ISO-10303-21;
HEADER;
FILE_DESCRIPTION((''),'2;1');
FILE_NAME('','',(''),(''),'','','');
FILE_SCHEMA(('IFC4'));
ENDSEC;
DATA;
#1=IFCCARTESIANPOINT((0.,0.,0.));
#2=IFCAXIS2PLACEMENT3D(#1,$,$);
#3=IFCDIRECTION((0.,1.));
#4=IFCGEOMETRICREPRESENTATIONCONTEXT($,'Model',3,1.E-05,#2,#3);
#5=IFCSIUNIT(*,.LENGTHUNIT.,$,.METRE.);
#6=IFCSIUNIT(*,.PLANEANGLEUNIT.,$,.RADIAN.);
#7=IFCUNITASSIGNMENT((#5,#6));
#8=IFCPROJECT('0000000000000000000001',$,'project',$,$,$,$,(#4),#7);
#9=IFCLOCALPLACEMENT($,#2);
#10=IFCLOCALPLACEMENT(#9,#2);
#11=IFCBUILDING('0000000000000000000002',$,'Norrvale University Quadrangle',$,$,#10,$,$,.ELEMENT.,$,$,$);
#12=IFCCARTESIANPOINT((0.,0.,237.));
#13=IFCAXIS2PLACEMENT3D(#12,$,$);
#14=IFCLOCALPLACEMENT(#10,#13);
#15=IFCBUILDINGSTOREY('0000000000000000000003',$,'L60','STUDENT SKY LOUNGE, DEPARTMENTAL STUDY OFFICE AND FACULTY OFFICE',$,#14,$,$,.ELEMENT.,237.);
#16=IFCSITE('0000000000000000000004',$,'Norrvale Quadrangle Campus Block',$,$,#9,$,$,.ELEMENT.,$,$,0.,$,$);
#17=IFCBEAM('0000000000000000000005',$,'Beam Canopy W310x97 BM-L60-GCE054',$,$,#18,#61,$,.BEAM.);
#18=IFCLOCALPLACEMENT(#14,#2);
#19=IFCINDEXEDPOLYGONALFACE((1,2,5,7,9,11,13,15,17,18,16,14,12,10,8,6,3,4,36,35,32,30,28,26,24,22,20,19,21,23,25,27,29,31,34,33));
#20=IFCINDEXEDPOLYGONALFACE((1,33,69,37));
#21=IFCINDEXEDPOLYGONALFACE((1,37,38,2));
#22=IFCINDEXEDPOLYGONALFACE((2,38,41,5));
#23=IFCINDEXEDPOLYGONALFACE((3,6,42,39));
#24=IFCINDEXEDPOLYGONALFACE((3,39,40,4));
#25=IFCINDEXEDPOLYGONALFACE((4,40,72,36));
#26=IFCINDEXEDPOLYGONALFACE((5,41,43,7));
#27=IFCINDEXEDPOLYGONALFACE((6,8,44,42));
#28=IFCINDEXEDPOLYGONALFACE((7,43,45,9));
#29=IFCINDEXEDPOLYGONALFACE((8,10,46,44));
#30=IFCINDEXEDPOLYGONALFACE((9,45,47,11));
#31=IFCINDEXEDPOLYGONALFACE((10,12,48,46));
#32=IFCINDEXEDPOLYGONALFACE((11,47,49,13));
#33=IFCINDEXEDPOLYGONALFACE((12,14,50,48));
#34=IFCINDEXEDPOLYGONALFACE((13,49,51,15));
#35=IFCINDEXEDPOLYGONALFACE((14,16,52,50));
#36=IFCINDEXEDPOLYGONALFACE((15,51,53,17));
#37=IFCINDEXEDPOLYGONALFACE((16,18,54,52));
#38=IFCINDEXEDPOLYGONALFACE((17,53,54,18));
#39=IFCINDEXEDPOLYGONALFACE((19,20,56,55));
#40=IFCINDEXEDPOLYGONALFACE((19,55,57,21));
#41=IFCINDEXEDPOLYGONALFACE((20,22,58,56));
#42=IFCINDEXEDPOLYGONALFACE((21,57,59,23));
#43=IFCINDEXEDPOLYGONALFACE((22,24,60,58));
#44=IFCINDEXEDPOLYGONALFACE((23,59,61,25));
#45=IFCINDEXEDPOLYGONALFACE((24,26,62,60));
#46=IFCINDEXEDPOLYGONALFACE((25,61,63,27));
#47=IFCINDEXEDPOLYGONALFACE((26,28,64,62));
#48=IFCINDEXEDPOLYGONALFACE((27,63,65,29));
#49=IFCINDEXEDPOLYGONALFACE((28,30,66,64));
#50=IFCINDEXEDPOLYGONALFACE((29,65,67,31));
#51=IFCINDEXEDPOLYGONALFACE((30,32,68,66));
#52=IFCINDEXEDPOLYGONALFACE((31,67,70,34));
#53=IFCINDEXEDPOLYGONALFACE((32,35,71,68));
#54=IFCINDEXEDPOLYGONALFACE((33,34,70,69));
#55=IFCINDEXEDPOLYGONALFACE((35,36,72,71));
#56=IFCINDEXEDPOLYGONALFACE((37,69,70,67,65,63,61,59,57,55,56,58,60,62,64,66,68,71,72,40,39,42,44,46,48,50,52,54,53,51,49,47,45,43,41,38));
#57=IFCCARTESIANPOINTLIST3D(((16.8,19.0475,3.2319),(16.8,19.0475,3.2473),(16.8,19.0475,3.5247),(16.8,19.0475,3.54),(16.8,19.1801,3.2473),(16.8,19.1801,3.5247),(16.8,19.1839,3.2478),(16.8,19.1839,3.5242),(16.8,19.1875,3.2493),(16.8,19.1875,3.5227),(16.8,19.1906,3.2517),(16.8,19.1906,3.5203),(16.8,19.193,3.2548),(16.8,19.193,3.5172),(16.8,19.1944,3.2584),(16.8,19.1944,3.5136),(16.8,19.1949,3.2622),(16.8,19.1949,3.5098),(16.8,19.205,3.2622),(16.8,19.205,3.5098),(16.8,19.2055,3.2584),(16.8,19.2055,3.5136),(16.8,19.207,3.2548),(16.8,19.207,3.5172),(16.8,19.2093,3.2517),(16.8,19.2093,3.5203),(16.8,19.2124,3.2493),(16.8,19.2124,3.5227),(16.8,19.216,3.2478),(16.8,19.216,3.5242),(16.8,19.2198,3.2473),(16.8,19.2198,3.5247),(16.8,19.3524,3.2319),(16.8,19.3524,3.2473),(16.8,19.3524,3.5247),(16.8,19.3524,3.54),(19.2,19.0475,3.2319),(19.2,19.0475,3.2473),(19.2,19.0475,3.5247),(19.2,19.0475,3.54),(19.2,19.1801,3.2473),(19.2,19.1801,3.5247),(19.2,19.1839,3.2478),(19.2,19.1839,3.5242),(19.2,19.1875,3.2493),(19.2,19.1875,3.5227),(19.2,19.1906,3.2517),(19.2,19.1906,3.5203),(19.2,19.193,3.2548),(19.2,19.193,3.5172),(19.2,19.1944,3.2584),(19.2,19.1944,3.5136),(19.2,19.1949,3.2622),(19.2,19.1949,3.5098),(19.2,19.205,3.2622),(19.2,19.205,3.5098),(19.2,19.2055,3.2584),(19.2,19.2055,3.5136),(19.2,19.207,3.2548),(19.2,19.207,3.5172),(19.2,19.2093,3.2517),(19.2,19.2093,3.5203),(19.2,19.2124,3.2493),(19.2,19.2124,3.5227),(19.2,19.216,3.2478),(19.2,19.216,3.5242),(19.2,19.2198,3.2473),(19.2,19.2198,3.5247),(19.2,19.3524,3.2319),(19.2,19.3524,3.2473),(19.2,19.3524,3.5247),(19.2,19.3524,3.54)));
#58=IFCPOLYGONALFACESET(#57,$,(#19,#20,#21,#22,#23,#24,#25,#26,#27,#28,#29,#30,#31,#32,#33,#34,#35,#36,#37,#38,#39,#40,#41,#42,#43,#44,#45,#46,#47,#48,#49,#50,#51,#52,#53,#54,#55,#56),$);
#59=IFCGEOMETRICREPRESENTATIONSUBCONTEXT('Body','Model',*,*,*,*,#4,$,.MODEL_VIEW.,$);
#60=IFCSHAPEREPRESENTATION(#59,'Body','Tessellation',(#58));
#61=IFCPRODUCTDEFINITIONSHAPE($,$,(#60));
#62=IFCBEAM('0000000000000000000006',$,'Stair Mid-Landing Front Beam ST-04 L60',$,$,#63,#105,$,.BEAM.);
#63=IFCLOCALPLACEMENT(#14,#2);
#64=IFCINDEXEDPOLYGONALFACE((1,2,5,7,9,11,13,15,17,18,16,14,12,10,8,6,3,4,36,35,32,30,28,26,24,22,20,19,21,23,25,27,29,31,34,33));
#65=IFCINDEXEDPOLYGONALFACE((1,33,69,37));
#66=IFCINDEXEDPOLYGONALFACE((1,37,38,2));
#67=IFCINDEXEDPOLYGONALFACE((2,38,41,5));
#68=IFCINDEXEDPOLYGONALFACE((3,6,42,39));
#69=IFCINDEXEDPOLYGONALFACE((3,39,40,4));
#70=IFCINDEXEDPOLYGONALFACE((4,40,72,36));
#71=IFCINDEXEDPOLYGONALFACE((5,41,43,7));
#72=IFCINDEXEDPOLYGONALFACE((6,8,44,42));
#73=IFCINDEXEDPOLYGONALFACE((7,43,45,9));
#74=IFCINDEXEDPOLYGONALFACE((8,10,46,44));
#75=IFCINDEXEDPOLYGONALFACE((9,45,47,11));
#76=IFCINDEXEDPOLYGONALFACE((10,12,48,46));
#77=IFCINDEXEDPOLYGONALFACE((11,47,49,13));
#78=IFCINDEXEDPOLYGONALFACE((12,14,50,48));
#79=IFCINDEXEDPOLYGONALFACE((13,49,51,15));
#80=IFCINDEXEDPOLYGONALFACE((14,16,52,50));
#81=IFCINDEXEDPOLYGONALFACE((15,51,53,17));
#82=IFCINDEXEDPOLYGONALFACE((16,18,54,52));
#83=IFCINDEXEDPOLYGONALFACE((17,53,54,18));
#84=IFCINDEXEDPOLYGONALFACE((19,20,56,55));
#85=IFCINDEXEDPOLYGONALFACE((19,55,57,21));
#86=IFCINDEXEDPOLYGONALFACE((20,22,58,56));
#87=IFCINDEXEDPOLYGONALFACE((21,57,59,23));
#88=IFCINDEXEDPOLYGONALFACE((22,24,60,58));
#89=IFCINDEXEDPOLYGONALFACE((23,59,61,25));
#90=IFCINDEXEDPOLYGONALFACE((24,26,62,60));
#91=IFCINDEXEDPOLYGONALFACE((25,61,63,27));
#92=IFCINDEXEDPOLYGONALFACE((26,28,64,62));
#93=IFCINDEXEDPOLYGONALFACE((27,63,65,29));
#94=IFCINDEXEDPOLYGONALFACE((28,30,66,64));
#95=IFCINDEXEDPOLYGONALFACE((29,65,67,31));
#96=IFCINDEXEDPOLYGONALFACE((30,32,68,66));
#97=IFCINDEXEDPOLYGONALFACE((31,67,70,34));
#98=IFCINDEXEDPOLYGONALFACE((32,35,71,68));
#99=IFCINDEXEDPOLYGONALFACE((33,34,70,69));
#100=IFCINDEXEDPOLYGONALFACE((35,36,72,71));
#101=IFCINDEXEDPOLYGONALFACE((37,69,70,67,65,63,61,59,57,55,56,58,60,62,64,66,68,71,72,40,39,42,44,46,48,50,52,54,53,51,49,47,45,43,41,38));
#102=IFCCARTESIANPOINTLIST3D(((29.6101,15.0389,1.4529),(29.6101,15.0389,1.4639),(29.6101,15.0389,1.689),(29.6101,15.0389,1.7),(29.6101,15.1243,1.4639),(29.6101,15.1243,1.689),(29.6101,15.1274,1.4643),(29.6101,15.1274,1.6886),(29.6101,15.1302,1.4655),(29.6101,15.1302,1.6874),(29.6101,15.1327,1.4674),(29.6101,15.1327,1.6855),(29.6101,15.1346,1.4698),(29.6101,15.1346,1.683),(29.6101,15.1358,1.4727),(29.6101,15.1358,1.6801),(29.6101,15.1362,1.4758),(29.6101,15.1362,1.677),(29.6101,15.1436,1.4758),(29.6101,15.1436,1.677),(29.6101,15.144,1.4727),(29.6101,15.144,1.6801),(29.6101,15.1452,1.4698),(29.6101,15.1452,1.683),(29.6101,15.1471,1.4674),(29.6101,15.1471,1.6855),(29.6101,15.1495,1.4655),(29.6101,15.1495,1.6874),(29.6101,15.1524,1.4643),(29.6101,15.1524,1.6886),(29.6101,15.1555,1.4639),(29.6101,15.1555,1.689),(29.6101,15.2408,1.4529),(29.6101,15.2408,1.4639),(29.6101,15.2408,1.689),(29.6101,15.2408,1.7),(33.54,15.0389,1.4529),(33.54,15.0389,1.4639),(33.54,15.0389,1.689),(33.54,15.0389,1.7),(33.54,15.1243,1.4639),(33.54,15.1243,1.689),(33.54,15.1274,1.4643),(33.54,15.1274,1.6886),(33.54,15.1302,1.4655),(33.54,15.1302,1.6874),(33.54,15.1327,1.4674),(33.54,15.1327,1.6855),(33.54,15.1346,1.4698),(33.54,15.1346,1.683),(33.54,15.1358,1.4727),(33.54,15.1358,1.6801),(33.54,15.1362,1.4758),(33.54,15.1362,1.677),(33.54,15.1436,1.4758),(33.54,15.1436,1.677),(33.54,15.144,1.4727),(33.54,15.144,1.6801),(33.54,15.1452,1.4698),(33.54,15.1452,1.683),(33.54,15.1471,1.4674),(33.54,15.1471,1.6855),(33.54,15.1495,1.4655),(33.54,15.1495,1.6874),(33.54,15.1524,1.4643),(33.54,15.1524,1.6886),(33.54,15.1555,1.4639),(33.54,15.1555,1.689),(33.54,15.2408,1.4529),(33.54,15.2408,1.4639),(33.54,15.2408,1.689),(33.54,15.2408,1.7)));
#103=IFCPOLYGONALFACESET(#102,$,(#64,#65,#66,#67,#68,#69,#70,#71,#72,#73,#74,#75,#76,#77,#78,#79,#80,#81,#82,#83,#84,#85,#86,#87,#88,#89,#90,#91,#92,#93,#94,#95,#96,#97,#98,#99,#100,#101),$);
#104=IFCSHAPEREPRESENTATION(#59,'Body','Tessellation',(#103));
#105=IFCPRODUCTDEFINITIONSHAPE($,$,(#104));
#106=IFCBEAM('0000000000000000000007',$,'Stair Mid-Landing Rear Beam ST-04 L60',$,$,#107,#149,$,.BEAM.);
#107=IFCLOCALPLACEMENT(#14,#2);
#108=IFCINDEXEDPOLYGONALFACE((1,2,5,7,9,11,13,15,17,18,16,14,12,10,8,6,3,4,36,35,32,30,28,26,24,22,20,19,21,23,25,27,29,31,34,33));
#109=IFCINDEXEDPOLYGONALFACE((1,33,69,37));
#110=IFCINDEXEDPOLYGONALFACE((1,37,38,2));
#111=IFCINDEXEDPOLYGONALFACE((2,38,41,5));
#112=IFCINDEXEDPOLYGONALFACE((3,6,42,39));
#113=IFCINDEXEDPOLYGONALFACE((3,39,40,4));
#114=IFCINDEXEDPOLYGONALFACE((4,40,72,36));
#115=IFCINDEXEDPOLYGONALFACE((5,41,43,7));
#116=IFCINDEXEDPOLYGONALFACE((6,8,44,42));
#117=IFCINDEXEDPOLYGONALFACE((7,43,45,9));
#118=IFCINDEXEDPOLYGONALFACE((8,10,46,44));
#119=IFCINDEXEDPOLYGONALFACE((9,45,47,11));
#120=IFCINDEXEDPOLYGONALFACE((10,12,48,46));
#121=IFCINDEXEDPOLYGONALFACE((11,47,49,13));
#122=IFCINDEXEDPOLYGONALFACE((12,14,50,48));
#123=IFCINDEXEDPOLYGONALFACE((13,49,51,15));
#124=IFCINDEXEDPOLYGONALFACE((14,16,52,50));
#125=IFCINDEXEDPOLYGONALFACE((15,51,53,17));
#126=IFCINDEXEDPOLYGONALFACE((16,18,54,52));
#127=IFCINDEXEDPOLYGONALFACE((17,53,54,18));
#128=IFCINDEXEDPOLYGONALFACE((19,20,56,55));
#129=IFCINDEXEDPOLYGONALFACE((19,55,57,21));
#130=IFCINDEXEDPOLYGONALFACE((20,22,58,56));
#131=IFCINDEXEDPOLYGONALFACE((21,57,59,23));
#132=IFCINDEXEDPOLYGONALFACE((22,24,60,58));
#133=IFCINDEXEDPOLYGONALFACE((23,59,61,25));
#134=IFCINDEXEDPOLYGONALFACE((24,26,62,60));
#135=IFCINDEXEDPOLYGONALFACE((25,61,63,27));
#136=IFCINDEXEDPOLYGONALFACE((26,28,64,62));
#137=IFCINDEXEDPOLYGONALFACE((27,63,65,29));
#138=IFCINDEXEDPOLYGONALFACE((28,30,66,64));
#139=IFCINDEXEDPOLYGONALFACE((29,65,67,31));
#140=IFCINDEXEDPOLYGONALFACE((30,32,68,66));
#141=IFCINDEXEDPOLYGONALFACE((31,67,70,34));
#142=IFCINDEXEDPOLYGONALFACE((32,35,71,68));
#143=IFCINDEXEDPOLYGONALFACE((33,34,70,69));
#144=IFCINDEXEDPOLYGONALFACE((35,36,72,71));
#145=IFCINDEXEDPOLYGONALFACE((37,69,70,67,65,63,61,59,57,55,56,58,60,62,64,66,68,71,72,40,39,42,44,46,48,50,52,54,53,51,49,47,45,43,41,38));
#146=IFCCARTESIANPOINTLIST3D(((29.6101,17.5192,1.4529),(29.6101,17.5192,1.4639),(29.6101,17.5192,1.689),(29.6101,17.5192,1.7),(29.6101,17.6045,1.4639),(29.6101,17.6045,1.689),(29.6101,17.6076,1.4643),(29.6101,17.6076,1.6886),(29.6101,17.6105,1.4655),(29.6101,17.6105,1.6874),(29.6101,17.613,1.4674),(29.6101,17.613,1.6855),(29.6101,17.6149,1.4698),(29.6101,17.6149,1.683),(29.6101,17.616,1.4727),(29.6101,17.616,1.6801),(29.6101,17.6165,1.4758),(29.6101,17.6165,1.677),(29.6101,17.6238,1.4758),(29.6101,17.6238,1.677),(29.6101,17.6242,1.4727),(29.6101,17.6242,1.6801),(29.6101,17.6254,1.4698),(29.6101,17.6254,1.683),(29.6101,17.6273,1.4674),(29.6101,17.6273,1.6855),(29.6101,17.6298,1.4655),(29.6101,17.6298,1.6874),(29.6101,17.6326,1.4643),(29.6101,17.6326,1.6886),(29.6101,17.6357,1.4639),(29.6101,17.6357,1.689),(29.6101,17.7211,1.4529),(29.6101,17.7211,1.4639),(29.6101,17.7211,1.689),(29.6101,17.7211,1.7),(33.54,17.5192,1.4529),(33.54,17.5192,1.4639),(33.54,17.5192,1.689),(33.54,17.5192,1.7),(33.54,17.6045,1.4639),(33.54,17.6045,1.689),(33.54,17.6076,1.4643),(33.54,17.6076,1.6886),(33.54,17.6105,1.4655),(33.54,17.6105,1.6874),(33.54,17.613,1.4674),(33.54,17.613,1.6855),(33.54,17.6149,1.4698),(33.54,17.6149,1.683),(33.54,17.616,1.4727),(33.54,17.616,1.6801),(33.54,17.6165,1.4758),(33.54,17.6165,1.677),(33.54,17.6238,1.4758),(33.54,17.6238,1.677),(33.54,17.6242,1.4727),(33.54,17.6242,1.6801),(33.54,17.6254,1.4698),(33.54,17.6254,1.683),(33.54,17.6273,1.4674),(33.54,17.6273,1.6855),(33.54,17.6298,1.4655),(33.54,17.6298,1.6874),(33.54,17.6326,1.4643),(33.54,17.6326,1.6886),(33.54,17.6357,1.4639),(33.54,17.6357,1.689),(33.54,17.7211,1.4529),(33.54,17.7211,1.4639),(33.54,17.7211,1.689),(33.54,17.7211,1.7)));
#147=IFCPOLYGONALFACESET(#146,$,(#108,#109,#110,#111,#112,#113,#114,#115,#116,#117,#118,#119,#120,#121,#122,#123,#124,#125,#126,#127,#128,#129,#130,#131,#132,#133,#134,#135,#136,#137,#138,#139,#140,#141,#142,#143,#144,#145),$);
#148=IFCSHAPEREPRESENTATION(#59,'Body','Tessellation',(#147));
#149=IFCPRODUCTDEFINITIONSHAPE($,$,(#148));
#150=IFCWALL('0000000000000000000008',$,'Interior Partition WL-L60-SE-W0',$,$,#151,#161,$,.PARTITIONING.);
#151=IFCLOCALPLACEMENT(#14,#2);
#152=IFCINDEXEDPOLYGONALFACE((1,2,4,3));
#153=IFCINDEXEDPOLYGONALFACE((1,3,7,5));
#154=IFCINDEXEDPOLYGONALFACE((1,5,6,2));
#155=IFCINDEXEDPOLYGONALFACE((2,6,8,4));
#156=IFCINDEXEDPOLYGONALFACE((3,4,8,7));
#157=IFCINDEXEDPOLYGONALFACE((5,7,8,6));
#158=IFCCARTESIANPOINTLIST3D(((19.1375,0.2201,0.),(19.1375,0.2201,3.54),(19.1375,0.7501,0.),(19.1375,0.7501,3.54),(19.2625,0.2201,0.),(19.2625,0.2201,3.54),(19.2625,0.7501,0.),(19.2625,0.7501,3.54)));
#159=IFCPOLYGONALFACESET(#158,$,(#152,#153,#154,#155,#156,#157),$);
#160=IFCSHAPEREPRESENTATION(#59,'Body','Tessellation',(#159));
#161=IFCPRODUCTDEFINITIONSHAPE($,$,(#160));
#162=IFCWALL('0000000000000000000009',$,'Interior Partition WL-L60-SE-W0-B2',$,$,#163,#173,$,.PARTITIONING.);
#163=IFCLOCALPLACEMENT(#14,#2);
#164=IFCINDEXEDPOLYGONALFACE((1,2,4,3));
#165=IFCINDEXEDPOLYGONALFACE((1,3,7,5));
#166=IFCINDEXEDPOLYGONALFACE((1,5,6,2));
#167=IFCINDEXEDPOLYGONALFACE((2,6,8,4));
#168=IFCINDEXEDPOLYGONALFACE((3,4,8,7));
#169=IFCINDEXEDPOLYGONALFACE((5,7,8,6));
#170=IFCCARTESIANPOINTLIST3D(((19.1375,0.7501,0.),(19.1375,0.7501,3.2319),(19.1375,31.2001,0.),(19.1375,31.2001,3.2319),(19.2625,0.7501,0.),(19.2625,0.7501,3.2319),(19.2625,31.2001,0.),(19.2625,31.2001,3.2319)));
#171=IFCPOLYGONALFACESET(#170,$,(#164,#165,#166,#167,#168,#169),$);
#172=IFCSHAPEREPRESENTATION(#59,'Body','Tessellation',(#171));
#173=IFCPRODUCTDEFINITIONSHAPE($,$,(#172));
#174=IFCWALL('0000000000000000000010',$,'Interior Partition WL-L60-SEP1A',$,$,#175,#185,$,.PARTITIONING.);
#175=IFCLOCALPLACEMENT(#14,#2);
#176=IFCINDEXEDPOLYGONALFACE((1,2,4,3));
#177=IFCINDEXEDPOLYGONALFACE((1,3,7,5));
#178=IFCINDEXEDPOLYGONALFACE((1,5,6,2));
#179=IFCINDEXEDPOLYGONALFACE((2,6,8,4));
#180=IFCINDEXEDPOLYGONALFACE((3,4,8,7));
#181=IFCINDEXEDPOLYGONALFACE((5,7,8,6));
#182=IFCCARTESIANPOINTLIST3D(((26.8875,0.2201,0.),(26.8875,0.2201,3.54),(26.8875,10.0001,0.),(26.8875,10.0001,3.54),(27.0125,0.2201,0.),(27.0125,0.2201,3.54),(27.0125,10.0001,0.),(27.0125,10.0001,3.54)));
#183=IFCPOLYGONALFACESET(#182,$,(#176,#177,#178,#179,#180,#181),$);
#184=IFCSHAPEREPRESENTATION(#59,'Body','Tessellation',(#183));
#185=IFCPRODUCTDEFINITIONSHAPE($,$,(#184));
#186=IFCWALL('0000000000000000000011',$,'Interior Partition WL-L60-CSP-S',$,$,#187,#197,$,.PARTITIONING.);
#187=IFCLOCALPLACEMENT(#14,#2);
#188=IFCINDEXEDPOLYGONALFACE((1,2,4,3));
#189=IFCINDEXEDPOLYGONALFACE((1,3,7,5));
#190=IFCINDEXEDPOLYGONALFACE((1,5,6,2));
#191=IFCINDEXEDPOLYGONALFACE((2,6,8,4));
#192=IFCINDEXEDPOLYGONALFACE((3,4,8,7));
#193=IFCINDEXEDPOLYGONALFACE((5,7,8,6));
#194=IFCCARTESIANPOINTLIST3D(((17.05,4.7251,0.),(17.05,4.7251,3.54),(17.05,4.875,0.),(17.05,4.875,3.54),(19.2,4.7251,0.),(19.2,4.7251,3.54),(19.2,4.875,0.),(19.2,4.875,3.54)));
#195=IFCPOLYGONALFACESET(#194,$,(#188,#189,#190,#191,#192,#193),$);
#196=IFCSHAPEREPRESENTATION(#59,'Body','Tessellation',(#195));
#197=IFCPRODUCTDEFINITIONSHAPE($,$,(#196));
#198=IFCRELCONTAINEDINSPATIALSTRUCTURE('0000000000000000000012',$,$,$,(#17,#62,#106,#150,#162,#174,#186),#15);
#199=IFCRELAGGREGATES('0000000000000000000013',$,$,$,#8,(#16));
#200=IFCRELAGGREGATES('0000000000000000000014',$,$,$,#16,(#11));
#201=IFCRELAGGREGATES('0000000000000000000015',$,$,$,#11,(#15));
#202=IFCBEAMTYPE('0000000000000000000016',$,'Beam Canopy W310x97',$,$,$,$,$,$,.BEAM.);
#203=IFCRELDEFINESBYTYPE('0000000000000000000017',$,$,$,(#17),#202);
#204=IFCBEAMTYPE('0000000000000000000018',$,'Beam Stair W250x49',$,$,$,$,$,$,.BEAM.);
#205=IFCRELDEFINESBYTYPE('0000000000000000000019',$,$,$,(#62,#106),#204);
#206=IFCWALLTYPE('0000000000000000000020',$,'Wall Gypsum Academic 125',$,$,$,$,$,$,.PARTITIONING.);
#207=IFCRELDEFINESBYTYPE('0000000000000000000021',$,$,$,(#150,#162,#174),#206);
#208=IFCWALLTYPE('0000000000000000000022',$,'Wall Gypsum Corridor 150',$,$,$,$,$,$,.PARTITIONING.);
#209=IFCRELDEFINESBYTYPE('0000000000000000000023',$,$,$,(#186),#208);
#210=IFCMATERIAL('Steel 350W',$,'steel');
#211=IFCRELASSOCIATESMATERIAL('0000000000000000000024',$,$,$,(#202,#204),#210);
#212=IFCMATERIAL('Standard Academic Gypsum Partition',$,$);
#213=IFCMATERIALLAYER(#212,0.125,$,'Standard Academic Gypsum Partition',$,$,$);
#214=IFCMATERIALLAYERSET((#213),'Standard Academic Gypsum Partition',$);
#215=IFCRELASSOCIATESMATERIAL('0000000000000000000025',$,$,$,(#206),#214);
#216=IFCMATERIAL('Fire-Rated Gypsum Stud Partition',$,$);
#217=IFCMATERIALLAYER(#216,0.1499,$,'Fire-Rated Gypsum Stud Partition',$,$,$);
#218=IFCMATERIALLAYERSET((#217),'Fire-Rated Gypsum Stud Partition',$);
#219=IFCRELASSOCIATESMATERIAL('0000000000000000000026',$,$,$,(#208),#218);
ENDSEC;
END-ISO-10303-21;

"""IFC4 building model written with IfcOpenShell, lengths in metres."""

from ifc_helpers import new_model, si_unit, direction, frame, frame_2d, origin, origin_2d, place, context, subcontext, project, spatial, rectangle, i_section, extrude, material, layer, layer_set, material_profile, profile_set, type_object, element, save


model = new_model("IFC4")

# Units and contexts
model_context = context("Model", 3, precision=1e-05, world=origin(), true_north=direction((0.0, 1.0)))
body_context = subcontext(model_context, "Body", "Model", "MODEL_VIEW")
ifc_project = project(units=[si_unit("LENGTHUNIT", "METRE"), si_unit("PLANEANGLEUNIT", "RADIAN")], contexts=[model_context])

# Site, building, storey
site_placement = place(None, origin())
site = spatial("IfcSite", under=ifc_project, at=site_placement, Name="Norrvale Quadrangle Campus Block", CompositionType="ELEMENT", RefElevation=0.0)
building_placement = place(site_placement, origin())
building = spatial("IfcBuilding", under=site, at=building_placement, Name="Norrvale University Quadrangle", CompositionType="ELEMENT")
storey_placement = place(building_placement, frame((0.0, 0.0, 237.0)))
storey = spatial("IfcBuildingStorey", under=building, at=storey_placement, Name="L60", Description="STUDENT SKY LOUNGE, DEPARTMENTAL STUDY OFFICE AND FACULTY OFFICE", CompositionType="ELEMENT", Elevation=237.0)

# Beams
ifc_material_1 = material(Name="Steel 350W", Category="steel")
ifc_material_profile_1 = material_profile(ifc_material_1, i_section(OverallWidth=0.3049, OverallDepth=0.3081, WebThickness=0.01, FlangeThickness=0.0154, FilletRadius=0.0149, at=origin_2d()), Name="Steel 350W")
ifc_profile_set_1 = profile_set([ifc_material_profile_1], Name="Steel 350W")
beam_type_1 = type_object("IfcBeamType", Name="Beam Canopy W310x97", PredefinedType="BEAM", material=ifc_profile_set_1)
beam_1_placement = place(storey_placement, frame((16.8, 19.2, 3.386), z_axis=(1.0, 0.0, 0.0), x_axis=(0.0, 1.0, 0.0)))
element("IfcBeam", 1, at=beam_1_placement, inside=storey, type_object=beam_type_1, Name="Beam Canopy W310x97 BM-L60-GCE054", PredefinedType="BEAM", context=body_context, shape_type="SweptSolid", body=[
    extrude(i_section(OverallWidth=0.3049, OverallDepth=0.3081, WebThickness=0.01, FlangeThickness=0.0154, FilletRadius=0.0149, at=origin_2d()), origin(), (0.0, 0.0, 1.0), 2.3999),
])
ifc_material_profile_2 = material_profile(ifc_material_1, i_section(OverallWidth=0.2019, OverallDepth=0.2471, WebThickness=0.0073, FlangeThickness=0.011, FilletRadius=0.012, at=origin_2d()), Name="Steel 350W")
ifc_profile_set_2 = profile_set([ifc_material_profile_2], Name="Steel 350W")
beam_type_2 = type_object("IfcBeamType", Name="Beam Stair W250x49", PredefinedType="BEAM", material=ifc_profile_set_2)
for number, where, z_axis, x_axis, name in (
    (2, (29.6101, 15.1399, 1.5764), (1.0, 0.0, 0.0), (0.0, 1.0, 0.0), "Stair Mid-Landing Front Beam ST-04 L60"),
    (3, (29.6101, 17.6201, 1.5764), (1.0, 0.0, 0.0), (0.0, 1.0, 0.0), "Stair Mid-Landing Rear Beam ST-04 L60"),
):
    element("IfcBeam", number, at=place(storey_placement, frame(where, z_axis=z_axis, x_axis=x_axis)), inside=storey, type_object=beam_type_2, Name=name, PredefinedType="BEAM", context=body_context, shape_type="SweptSolid", body=[
        extrude(i_section(OverallWidth=0.2019, OverallDepth=0.2471, WebThickness=0.0073, FlangeThickness=0.011, FilletRadius=0.012, at=origin_2d()), origin(), (0.0, 0.0, 1.0), 3.9299),
    ])

# Walls
ifc_material_2 = material(Name="Standard Academic Gypsum Partition")
ifc_layer_1 = layer(ifc_material_2, 0.125, Name="Standard Academic Gypsum Partition")
ifc_layer_set_1 = layer_set([ifc_layer_1], Name="Standard Academic Gypsum Partition")
wall_type_1 = type_object("IfcWallType", Name="Wall Gypsum Academic 125", PredefinedType="PARTITIONING", material=ifc_layer_set_1)
wall_1_placement = place(storey_placement, frame((19.2, 0.22, 0.0), z_axis=(0.0, 0.0, 1.0), x_axis=(0.0, 1.0, 0.0)))
element("IfcWall", 4, at=wall_1_placement, inside=storey, type_object=wall_type_1, Name="Interior Partition WL-L60-SE-W0", PredefinedType="PARTITIONING", context=body_context, shape_type="SweptSolid", body=[
    extrude(rectangle(XDim=0.53, YDim=0.125, at=frame_2d((0.2651, 0.0))), origin(), (0.0, 0.0, 1.0), 3.54),
])
wall_2_placement = place(storey_placement, frame((19.2, 0.75, 0.0), z_axis=(0.0, 0.0, 1.0), x_axis=(0.0, 1.0, 0.0)))
element("IfcWall", 5, at=wall_2_placement, inside=storey, type_object=wall_type_1, Name="Interior Partition WL-L60-SE-W0-B2", PredefinedType="PARTITIONING", context=body_context, shape_type="SweptSolid", body=[
    extrude(rectangle(XDim=30.45, YDim=0.125, at=frame_2d((15.2251, 0.0))), origin(), (0.0, 0.0, 1.0), 3.2319),
])
wall_3_placement = place(storey_placement, frame((26.95, 0.22, 0.0), z_axis=(0.0, 0.0, 1.0), x_axis=(0.0, 1.0, 0.0)))
element("IfcWall", 6, at=wall_3_placement, inside=storey, type_object=wall_type_1, Name="Interior Partition WL-L60-SEP1A", PredefinedType="PARTITIONING", context=body_context, shape_type="SweptSolid", body=[
    extrude(rectangle(XDim=9.78, YDim=0.125, at=frame_2d((4.8901, 0.0))), origin(), (0.0, 0.0, 1.0), 3.54),
])
ifc_material_3 = material(Name="Fire-Rated Gypsum Stud Partition")
ifc_layer_2 = layer(ifc_material_3, 0.1499, Name="Fire-Rated Gypsum Stud Partition")
ifc_layer_set_2 = layer_set([ifc_layer_2], Name="Fire-Rated Gypsum Stud Partition")
wall_type_2 = type_object("IfcWallType", Name="Wall Gypsum Corridor 150", PredefinedType="PARTITIONING", material=ifc_layer_set_2)
wall_4_placement = place(storey_placement, frame((17.05, 4.8, 0.0), z_axis=(0.0, 0.0, 1.0), x_axis=(1.0, 0.0, 0.0)))
element("IfcWall", 7, at=wall_4_placement, inside=storey, type_object=wall_type_2, Name="Interior Partition WL-L60-CSP-S", PredefinedType="PARTITIONING", context=body_context, shape_type="SweptSolid", body=[
    extrude(rectangle(XDim=2.1499, YDim=0.1499, at=frame_2d((1.075, 0.0))), origin(), (0.0, 0.0, 1.0), 3.54),
])

save(model, "model.ifc")
